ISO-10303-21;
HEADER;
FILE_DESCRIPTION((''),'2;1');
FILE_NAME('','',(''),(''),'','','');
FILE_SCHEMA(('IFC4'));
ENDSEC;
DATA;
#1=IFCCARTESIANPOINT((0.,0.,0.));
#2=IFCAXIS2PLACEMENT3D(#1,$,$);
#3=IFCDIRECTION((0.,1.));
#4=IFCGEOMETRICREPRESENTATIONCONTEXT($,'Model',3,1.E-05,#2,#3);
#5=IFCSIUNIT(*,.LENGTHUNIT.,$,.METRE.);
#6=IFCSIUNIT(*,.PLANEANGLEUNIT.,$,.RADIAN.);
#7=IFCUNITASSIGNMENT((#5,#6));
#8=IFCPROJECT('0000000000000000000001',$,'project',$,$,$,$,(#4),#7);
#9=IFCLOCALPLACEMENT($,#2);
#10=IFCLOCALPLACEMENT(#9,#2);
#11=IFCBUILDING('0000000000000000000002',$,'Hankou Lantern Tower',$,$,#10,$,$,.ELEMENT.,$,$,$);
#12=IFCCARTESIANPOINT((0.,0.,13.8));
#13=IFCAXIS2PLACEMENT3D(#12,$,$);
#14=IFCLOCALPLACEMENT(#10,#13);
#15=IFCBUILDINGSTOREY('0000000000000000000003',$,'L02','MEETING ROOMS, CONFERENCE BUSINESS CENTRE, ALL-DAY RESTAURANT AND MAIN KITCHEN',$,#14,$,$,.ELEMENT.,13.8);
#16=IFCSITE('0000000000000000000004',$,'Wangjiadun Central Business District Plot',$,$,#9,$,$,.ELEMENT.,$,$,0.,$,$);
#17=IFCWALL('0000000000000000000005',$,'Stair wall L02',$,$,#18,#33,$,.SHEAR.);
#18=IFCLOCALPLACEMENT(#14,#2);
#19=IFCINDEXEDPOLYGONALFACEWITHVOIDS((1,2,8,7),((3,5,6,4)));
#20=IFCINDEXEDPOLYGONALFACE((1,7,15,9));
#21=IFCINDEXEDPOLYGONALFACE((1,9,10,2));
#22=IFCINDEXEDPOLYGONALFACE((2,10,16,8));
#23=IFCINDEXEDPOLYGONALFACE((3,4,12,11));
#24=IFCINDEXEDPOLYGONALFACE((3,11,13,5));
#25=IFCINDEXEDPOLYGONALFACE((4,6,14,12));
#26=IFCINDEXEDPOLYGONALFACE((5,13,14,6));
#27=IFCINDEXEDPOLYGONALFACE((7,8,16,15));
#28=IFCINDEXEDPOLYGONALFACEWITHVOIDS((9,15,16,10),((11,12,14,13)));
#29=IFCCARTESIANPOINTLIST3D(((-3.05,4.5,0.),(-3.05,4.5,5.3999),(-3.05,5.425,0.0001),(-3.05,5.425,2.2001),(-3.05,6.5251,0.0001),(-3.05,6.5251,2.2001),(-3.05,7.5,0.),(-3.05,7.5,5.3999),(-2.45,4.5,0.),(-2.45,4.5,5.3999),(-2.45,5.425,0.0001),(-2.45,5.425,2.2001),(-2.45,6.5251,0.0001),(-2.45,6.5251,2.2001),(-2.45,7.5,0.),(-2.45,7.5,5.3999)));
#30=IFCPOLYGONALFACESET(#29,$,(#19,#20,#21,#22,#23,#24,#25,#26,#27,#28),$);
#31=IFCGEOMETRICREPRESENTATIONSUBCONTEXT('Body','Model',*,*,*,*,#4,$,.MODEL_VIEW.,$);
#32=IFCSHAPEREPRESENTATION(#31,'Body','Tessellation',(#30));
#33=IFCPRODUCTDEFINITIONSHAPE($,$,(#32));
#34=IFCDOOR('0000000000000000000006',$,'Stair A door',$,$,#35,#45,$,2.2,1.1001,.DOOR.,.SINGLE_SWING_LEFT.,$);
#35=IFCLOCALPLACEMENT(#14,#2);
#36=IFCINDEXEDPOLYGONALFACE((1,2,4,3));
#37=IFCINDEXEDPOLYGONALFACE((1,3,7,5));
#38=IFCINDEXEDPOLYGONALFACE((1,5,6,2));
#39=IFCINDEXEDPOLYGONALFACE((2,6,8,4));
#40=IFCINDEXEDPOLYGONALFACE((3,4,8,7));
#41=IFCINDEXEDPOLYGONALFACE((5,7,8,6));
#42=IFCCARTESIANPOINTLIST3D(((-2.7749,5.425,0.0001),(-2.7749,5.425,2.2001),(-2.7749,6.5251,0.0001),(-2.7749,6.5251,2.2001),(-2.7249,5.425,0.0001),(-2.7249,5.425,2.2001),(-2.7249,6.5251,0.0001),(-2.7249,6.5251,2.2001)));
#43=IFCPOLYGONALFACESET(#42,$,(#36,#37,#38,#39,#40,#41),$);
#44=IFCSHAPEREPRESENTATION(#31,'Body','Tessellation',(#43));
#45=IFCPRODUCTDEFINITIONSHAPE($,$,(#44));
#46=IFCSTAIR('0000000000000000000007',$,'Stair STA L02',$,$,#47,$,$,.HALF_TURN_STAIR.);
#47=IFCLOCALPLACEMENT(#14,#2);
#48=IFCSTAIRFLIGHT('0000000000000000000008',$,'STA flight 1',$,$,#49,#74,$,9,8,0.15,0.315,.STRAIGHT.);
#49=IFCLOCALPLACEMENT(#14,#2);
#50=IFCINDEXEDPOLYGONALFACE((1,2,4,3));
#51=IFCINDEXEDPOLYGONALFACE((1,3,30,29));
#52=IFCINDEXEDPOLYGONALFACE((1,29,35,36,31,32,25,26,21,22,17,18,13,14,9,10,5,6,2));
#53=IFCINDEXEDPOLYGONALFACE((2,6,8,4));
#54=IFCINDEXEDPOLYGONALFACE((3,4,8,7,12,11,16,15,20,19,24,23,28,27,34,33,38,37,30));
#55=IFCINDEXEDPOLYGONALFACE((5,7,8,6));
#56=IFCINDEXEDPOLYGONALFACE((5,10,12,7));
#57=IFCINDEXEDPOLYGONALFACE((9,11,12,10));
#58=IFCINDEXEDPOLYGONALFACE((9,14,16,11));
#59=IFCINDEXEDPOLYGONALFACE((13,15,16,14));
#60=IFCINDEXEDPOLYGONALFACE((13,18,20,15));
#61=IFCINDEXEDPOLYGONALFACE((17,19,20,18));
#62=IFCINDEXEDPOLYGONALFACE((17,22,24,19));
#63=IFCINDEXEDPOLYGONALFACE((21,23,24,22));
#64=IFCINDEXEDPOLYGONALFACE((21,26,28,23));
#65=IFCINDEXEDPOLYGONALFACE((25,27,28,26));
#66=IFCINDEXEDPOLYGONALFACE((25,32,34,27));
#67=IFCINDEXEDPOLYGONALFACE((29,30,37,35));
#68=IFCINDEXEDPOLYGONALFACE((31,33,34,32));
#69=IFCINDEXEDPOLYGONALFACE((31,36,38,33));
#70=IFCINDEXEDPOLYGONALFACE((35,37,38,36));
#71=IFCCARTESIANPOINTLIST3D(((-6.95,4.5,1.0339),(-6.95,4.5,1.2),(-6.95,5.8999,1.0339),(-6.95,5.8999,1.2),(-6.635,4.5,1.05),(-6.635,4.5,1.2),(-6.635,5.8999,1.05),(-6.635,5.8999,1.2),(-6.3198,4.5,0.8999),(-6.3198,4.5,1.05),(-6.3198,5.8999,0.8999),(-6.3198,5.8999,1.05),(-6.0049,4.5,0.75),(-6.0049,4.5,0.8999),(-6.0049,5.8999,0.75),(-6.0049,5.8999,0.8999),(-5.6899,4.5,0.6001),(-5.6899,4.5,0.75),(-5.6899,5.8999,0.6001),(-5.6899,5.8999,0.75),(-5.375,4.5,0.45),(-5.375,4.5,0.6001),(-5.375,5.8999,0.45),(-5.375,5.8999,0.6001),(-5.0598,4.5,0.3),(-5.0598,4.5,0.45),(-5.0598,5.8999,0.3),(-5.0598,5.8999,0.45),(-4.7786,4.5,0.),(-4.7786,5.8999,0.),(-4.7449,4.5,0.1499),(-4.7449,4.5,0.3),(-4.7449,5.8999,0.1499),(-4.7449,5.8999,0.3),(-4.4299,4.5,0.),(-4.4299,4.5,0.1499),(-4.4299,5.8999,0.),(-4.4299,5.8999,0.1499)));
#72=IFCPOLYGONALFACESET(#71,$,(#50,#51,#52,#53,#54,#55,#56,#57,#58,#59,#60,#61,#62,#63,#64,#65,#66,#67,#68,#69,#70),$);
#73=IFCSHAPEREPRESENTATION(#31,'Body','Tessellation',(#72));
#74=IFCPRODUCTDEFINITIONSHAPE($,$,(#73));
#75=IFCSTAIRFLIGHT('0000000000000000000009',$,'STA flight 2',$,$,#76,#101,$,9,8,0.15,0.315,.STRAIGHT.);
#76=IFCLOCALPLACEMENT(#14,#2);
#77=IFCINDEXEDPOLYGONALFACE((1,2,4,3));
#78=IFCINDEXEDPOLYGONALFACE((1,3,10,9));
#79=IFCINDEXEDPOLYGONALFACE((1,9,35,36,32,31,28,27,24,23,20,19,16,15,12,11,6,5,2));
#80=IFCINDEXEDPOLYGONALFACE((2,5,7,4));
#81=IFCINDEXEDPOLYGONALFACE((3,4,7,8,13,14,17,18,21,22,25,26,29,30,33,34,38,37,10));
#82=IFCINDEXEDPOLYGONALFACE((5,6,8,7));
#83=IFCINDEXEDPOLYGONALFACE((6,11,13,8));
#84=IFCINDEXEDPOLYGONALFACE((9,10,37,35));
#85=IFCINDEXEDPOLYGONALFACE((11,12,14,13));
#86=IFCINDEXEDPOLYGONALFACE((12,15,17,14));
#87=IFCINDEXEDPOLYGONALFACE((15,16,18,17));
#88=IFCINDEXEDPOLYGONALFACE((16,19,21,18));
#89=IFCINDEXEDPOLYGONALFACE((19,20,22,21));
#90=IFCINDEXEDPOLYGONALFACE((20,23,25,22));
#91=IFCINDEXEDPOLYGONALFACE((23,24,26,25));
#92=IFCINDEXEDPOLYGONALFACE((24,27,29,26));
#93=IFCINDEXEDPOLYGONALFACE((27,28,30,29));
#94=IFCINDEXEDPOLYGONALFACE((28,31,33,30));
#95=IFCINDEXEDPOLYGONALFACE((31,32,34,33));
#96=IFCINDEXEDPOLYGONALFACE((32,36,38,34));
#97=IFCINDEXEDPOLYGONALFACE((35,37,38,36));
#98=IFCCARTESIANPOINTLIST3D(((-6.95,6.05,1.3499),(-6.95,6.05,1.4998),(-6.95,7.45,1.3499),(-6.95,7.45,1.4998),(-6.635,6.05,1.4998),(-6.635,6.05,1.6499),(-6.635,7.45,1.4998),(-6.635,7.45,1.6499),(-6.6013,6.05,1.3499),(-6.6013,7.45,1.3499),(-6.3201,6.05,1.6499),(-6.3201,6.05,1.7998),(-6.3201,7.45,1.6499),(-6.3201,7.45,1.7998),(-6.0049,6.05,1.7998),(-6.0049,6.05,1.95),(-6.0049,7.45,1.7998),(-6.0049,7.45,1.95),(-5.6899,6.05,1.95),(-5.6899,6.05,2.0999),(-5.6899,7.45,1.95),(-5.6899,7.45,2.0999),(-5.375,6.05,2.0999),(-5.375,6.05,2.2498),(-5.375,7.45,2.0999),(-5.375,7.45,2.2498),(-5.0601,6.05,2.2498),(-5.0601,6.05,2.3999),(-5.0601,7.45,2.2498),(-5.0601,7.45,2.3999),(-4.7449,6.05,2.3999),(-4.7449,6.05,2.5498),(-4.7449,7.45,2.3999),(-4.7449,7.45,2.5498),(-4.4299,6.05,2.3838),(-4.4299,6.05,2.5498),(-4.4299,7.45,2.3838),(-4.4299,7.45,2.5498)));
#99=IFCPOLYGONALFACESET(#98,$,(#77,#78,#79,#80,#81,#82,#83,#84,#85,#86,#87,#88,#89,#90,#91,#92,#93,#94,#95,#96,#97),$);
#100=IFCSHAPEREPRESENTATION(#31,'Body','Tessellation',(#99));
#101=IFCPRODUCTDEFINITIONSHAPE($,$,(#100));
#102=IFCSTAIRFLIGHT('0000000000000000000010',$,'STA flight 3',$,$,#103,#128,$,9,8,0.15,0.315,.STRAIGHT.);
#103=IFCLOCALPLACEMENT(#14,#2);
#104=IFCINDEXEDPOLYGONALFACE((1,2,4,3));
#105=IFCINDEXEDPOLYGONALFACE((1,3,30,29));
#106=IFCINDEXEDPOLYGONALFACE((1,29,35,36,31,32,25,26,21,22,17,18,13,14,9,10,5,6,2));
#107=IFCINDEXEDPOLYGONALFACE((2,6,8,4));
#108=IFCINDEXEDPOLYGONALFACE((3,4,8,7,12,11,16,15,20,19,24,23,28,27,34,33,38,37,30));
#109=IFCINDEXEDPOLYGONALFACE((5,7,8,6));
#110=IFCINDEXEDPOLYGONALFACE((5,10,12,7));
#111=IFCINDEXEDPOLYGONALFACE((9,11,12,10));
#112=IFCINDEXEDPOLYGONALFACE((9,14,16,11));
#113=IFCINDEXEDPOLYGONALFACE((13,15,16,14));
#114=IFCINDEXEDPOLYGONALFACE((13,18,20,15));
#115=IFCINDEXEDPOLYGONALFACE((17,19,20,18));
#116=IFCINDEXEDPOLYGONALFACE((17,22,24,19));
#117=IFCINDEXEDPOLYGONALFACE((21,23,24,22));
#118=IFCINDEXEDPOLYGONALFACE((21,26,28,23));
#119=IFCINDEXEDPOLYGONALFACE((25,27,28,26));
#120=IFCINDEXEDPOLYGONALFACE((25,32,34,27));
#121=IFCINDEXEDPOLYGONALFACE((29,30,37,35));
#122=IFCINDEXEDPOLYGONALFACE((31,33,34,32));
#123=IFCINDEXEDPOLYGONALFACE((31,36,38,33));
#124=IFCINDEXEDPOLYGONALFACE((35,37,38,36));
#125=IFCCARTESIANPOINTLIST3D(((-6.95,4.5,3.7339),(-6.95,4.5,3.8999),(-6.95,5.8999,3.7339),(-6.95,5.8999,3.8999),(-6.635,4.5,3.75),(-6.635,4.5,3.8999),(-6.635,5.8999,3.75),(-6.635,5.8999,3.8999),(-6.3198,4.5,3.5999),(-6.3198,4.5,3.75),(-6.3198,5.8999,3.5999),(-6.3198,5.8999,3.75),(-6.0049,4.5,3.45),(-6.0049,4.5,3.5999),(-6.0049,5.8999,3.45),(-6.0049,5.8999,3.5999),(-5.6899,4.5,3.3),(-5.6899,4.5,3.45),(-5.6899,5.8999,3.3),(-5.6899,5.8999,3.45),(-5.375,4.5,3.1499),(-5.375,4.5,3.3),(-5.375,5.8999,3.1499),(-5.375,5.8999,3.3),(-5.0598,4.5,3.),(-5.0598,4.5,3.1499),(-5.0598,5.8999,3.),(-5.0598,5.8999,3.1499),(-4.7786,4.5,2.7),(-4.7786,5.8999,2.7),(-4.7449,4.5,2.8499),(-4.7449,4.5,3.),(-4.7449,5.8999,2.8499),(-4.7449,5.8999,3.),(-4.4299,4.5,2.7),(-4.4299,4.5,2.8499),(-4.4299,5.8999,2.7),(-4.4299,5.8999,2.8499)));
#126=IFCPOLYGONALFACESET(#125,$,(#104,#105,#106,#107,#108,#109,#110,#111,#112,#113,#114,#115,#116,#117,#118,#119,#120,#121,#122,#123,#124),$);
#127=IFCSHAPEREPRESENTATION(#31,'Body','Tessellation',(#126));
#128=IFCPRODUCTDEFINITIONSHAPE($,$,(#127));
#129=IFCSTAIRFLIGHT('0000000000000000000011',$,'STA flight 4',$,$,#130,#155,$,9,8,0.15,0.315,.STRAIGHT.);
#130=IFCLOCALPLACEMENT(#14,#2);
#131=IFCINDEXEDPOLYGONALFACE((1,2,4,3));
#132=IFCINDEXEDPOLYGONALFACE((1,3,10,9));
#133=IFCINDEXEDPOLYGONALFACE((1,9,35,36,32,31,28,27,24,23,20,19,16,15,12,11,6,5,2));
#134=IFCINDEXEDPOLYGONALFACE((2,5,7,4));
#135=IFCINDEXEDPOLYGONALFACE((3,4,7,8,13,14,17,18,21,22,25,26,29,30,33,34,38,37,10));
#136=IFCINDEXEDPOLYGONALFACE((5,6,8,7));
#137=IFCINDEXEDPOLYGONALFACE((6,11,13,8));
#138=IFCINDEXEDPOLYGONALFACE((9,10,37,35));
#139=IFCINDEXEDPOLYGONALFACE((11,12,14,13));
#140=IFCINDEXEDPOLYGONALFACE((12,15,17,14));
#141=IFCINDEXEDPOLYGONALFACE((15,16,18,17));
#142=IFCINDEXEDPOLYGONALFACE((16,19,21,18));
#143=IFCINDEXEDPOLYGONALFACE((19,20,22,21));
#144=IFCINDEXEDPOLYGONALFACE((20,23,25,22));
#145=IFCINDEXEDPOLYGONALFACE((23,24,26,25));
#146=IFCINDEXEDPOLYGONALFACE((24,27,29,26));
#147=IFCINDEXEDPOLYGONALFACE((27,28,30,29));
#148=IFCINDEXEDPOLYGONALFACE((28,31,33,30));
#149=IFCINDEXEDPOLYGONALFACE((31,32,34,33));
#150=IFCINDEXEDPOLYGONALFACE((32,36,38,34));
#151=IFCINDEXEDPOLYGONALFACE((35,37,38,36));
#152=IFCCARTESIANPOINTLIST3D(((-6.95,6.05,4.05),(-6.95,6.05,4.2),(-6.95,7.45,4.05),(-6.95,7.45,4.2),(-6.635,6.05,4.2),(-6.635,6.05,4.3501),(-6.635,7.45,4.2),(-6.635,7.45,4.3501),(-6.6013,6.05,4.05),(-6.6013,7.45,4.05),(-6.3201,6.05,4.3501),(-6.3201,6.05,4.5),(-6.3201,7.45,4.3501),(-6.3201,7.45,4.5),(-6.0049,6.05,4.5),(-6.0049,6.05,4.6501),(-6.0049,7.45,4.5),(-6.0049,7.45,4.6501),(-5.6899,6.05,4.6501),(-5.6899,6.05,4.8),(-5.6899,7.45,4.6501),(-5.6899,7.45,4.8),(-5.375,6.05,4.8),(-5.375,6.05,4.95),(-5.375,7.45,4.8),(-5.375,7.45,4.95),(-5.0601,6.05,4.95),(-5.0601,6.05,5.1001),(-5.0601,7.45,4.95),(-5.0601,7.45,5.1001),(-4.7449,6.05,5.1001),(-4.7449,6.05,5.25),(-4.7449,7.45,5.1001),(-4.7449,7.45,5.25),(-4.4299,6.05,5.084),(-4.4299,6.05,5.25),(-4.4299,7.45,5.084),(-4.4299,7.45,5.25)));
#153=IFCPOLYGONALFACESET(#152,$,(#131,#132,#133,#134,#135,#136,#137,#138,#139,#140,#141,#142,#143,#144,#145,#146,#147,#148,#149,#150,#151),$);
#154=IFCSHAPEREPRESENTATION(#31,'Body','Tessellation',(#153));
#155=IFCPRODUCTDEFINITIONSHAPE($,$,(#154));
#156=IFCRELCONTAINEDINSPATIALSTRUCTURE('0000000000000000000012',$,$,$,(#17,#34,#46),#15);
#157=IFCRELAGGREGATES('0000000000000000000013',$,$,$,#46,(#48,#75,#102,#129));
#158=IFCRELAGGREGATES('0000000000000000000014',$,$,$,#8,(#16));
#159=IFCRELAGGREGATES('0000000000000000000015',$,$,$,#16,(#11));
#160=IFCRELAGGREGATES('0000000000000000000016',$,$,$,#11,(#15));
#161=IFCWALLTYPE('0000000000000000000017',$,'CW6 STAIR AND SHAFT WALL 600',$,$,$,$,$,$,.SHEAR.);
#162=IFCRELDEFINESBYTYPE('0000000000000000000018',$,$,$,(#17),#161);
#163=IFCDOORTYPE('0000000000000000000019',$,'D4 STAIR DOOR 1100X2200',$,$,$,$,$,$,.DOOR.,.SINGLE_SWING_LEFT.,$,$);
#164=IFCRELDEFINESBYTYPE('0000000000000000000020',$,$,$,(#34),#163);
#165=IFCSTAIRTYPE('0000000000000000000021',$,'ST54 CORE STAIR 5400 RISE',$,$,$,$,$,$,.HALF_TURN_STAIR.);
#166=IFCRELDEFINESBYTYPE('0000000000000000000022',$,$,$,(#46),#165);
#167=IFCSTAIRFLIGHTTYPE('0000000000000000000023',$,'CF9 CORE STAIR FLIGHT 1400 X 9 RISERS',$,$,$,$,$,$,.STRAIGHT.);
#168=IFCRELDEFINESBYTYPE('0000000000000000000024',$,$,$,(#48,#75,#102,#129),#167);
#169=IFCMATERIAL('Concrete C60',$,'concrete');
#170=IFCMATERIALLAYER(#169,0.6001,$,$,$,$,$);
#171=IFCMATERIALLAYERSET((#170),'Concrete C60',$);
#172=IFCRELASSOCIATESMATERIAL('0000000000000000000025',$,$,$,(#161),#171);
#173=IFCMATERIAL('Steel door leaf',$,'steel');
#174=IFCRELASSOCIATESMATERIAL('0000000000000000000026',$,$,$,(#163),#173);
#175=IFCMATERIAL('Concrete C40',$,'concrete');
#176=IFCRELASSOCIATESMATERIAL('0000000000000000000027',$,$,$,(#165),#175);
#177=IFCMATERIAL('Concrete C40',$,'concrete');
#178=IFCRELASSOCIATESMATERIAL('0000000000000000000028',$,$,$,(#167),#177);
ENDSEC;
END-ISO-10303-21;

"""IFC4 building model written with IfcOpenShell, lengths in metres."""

from ifc_helpers import new_model, si_unit, direction, frame, frame_2d, origin, place, context, subcontext, project, spatial, polyline, rectangle, outline, extrude, material, layer, layer_set, type_object, element, fill, aggregate, save


model = new_model("IFC4")

# Units and contexts
model_context = context("Model", 3, precision=1e-05, world=origin(), true_north=direction((0.0, 1.0)))
body_context = subcontext(model_context, "Body", "Model", "MODEL_VIEW")
ifc_project = project(units=[si_unit("LENGTHUNIT", "METRE"), si_unit("PLANEANGLEUNIT", "RADIAN")], contexts=[model_context])

# Site, building, storey
site_placement = place(None, origin())
site = spatial("IfcSite", under=ifc_project, at=site_placement, Name="Wangjiadun Central Business District Plot", CompositionType="ELEMENT", RefElevation=0.0)
building_placement = place(site_placement, origin())
building = spatial("IfcBuilding", under=site, at=building_placement, Name="Hankou Lantern Tower", CompositionType="ELEMENT")
storey_placement = place(building_placement, frame((0.0, 0.0, 13.8)))
storey = spatial("IfcBuildingStorey", under=building, at=storey_placement, Name="L02", Description="MEETING ROOMS, CONFERENCE BUSINESS CENTRE, ALL-DAY RESTAURANT AND MAIN KITCHEN", CompositionType="ELEMENT", Elevation=13.8)

# Wall, opening, door
ifc_material_1 = material(Name="Concrete C60", Category="concrete")
ifc_layer_1 = layer(ifc_material_1, 0.6001)
ifc_layer_set_1 = layer_set([ifc_layer_1], Name="Concrete C60")
wall_type_1 = type_object("IfcWallType", Name="CW6 STAIR AND SHAFT WALL 600", PredefinedType="SHEAR", material=ifc_layer_set_1)
wall_1_placement = place(storey_placement, frame((-2.75, 4.5, 0.0), z_axis=(0.0, 0.0, 1.0), x_axis=(0.0, 1.0, 0.0)))
wall_1 = element("IfcWall", 1, at=wall_1_placement, inside=storey, type_object=wall_type_1, Name="Stair wall L02", PredefinedType="SHEAR", context=body_context, shape_type="SweptSolid", body=[
    extrude(rectangle(XDim=3.0, YDim=0.6001, at=frame_2d((1.5, 0.0))), origin(), (0.0, 0.0, 1.0), 5.3999),
])
opening_1_placement = place(wall_1_placement, frame((0.925, 0.0, 0.0)))
opening_1 = element("IfcOpeningElement", 2, at=opening_1_placement, cuts=wall_1, PredefinedType="OPENING", context=body_context, shape_type="SweptSolid", body=[
    extrude(rectangle(XDim=1.1001, YDim=2.2, at=frame_2d((0.55, 1.1001))), frame((0.0, 0.3101, 0.0), z_axis=(0.0, -1.0, 0.0), x_axis=(1.0, 0.0, 0.0)), (0.0, 0.0, 1.0), 0.6201),
])
ifc_material_2 = material(Name="Steel door leaf", Category="steel")
door_type_1 = type_object("IfcDoorType", Name="D4 STAIR DOOR 1100X2200", OperationType="SINGLE_SWING_LEFT", PredefinedType="DOOR", material=ifc_material_2)
door_1_placement = place(opening_1_placement, origin())
door_1 = element("IfcDoor", 3, at=door_1_placement, inside=storey, type_object=door_type_1, Name="Stair A door", OperationType="SINGLE_SWING_LEFT", OverallHeight=2.2, OverallWidth=1.1001, PredefinedType="DOOR", context=body_context, shape_type="SweptSolid", body=[
    extrude(rectangle(XDim=1.1001, YDim=2.2, at=frame_2d((0.55, 1.1001))), frame((0.0, 0.0249, 0.0), z_axis=(0.0, -1.0, 0.0), x_axis=(1.0, 0.0, 0.0)), (0.0, 0.0, 1.0), 0.05),
])
fill(opening_1, door_1)

# Stair, stair flights
ifc_material_3 = material(Name="Concrete C40", Category="concrete")
stair_type = type_object("IfcStairType", Name="ST54 CORE STAIR 5400 RISE", PredefinedType="HALF_TURN_STAIR", material=ifc_material_3)
stair_placement = place(storey_placement, origin())
stair = element("IfcStair", 4, at=stair_placement, inside=storey, type_object=stair_type, Name="Stair STA L02", PredefinedType="HALF_TURN_STAIR")
ifc_material_4 = material(Name="Concrete C40", Category="concrete")
stair_flight_type = type_object("IfcStairFlightType", Name="CF9 CORE STAIR FLIGHT 1400 X 9 RISERS", PredefinedType="STRAIGHT", material=ifc_material_4)
stair_flight_1_placement = place(storey_placement, frame((-4.4299, 5.2, 0.0), z_axis=(0.0, 0.0, 1.0), x_axis=(-1.0, 0.0, 0.0)))
stair_flight_1 = element("IfcStairFlight", 5, at=stair_flight_1_placement, type_object=stair_flight_type, Name="STA flight 1", NumberOfRisers=9, NumberOfTreads=8, PredefinedType="STRAIGHT", RiserHeight=0.15, TreadLength=0.315, context=body_context, shape_type="SweptSolid", body=[
    extrude(outline(polyline([(0.0, 0.0), (0.0, 0.1499), (0.3149, 0.1499), (0.3149, 0.3), (0.6299, 0.3), (0.6299, 0.45), (0.9451, 0.45), (0.9451, 0.6001), (1.26, 0.6001), (1.26, 0.75), (1.575, 0.75), (1.575, 0.8999), (1.8899, 0.8999), (1.8899, 1.05), (2.2051, 1.05), (2.2051, 1.2), (2.52, 1.2), (2.52, 1.3501), (2.52, 1.0339), (0.3486, 0.0), (0.0, 0.0)])), frame((0.0, 0.7, 0.0), z_axis=(0.0, -1.0, 0.0), x_axis=(1.0, 0.0, 0.0)), (0.0, 0.0, 1.0), 1.3999),
])
stair_flight_2_placement = place(storey_placement, frame((-6.95, 6.75, 1.3499), z_axis=(0.0, 0.0, 1.0), x_axis=(1.0, 0.0, 0.0)))
stair_flight_2 = element("IfcStairFlight", 6, at=stair_flight_2_placement, type_object=stair_flight_type, Name="STA flight 2", NumberOfRisers=9, NumberOfTreads=8, PredefinedType="STRAIGHT", RiserHeight=0.15, TreadLength=0.315, context=body_context, shape_type="SweptSolid", body=[
    extrude(outline(polyline([(0.0, 0.0), (0.0, 0.1499), (0.3149, 0.1499), (0.3149, 0.3), (0.6299, 0.3), (0.6299, 0.45), (0.9451, 0.45), (0.9451, 0.6001), (1.26, 0.6001), (1.26, 0.75), (1.575, 0.75), (1.575, 0.8999), (1.8899, 0.8999), (1.8899, 1.05), (2.2051, 1.05), (2.2051, 1.2), (2.52, 1.2), (2.52, 1.3501), (2.52, 1.0339), (0.3486, 0.0), (0.0, 0.0)])), frame((0.0, 0.7, 0.0), z_axis=(0.0, -1.0, 0.0), x_axis=(1.0, 0.0, 0.0)), (0.0, 0.0, 1.0), 1.3999),
])
stair_flight_3_placement = place(storey_placement, frame((-4.4299, 5.2, 2.7), z_axis=(0.0, 0.0, 1.0), x_axis=(-1.0, 0.0, 0.0)))
stair_flight_3 = element("IfcStairFlight", 7, at=stair_flight_3_placement, type_object=stair_flight_type, Name="STA flight 3", NumberOfRisers=9, NumberOfTreads=8, PredefinedType="STRAIGHT", RiserHeight=0.15, TreadLength=0.315, context=body_context, shape_type="SweptSolid", body=[
    extrude(outline(polyline([(0.0, 0.0), (0.0, 0.1499), (0.3149, 0.1499), (0.3149, 0.3), (0.6299, 0.3), (0.6299, 0.45), (0.9451, 0.45), (0.9451, 0.6001), (1.26, 0.6001), (1.26, 0.75), (1.575, 0.75), (1.575, 0.8999), (1.8899, 0.8999), (1.8899, 1.05), (2.2051, 1.05), (2.2051, 1.2), (2.52, 1.2), (2.52, 1.3501), (2.52, 1.0339), (0.3486, 0.0), (0.0, 0.0)])), frame((0.0, 0.7, 0.0), z_axis=(0.0, -1.0, 0.0), x_axis=(1.0, 0.0, 0.0)), (0.0, 0.0, 1.0), 1.3999),
])
stair_flight_4_placement = place(storey_placement, frame((-6.95, 6.75, 4.05), z_axis=(0.0, 0.0, 1.0), x_axis=(1.0, 0.0, 0.0)))
stair_flight_4 = element("IfcStairFlight", 8, at=stair_flight_4_placement, type_object=stair_flight_type, Name="STA flight 4", NumberOfRisers=9, NumberOfTreads=8, PredefinedType="STRAIGHT", RiserHeight=0.15, TreadLength=0.315, context=body_context, shape_type="SweptSolid", body=[
    extrude(outline(polyline([(0.0, 0.0), (0.0, 0.1499), (0.3149, 0.1499), (0.3149, 0.3), (0.6299, 0.3), (0.6299, 0.45), (0.9451, 0.45), (0.9451, 0.6001), (1.26, 0.6001), (1.26, 0.75), (1.575, 0.75), (1.575, 0.8999), (1.8899, 0.8999), (1.8899, 1.05), (2.2051, 1.05), (2.2051, 1.2), (2.52, 1.2), (2.52, 1.3501), (2.52, 1.0339), (0.3486, 0.0), (0.0, 0.0)])), frame((0.0, 0.7, 0.0), z_axis=(0.0, -1.0, 0.0), x_axis=(1.0, 0.0, 0.0)), (0.0, 0.0, 1.0), 1.3999),
])
aggregate(stair, [stair_flight_1, stair_flight_2, stair_flight_3, stair_flight_4])

save(model, "model.ifc")
